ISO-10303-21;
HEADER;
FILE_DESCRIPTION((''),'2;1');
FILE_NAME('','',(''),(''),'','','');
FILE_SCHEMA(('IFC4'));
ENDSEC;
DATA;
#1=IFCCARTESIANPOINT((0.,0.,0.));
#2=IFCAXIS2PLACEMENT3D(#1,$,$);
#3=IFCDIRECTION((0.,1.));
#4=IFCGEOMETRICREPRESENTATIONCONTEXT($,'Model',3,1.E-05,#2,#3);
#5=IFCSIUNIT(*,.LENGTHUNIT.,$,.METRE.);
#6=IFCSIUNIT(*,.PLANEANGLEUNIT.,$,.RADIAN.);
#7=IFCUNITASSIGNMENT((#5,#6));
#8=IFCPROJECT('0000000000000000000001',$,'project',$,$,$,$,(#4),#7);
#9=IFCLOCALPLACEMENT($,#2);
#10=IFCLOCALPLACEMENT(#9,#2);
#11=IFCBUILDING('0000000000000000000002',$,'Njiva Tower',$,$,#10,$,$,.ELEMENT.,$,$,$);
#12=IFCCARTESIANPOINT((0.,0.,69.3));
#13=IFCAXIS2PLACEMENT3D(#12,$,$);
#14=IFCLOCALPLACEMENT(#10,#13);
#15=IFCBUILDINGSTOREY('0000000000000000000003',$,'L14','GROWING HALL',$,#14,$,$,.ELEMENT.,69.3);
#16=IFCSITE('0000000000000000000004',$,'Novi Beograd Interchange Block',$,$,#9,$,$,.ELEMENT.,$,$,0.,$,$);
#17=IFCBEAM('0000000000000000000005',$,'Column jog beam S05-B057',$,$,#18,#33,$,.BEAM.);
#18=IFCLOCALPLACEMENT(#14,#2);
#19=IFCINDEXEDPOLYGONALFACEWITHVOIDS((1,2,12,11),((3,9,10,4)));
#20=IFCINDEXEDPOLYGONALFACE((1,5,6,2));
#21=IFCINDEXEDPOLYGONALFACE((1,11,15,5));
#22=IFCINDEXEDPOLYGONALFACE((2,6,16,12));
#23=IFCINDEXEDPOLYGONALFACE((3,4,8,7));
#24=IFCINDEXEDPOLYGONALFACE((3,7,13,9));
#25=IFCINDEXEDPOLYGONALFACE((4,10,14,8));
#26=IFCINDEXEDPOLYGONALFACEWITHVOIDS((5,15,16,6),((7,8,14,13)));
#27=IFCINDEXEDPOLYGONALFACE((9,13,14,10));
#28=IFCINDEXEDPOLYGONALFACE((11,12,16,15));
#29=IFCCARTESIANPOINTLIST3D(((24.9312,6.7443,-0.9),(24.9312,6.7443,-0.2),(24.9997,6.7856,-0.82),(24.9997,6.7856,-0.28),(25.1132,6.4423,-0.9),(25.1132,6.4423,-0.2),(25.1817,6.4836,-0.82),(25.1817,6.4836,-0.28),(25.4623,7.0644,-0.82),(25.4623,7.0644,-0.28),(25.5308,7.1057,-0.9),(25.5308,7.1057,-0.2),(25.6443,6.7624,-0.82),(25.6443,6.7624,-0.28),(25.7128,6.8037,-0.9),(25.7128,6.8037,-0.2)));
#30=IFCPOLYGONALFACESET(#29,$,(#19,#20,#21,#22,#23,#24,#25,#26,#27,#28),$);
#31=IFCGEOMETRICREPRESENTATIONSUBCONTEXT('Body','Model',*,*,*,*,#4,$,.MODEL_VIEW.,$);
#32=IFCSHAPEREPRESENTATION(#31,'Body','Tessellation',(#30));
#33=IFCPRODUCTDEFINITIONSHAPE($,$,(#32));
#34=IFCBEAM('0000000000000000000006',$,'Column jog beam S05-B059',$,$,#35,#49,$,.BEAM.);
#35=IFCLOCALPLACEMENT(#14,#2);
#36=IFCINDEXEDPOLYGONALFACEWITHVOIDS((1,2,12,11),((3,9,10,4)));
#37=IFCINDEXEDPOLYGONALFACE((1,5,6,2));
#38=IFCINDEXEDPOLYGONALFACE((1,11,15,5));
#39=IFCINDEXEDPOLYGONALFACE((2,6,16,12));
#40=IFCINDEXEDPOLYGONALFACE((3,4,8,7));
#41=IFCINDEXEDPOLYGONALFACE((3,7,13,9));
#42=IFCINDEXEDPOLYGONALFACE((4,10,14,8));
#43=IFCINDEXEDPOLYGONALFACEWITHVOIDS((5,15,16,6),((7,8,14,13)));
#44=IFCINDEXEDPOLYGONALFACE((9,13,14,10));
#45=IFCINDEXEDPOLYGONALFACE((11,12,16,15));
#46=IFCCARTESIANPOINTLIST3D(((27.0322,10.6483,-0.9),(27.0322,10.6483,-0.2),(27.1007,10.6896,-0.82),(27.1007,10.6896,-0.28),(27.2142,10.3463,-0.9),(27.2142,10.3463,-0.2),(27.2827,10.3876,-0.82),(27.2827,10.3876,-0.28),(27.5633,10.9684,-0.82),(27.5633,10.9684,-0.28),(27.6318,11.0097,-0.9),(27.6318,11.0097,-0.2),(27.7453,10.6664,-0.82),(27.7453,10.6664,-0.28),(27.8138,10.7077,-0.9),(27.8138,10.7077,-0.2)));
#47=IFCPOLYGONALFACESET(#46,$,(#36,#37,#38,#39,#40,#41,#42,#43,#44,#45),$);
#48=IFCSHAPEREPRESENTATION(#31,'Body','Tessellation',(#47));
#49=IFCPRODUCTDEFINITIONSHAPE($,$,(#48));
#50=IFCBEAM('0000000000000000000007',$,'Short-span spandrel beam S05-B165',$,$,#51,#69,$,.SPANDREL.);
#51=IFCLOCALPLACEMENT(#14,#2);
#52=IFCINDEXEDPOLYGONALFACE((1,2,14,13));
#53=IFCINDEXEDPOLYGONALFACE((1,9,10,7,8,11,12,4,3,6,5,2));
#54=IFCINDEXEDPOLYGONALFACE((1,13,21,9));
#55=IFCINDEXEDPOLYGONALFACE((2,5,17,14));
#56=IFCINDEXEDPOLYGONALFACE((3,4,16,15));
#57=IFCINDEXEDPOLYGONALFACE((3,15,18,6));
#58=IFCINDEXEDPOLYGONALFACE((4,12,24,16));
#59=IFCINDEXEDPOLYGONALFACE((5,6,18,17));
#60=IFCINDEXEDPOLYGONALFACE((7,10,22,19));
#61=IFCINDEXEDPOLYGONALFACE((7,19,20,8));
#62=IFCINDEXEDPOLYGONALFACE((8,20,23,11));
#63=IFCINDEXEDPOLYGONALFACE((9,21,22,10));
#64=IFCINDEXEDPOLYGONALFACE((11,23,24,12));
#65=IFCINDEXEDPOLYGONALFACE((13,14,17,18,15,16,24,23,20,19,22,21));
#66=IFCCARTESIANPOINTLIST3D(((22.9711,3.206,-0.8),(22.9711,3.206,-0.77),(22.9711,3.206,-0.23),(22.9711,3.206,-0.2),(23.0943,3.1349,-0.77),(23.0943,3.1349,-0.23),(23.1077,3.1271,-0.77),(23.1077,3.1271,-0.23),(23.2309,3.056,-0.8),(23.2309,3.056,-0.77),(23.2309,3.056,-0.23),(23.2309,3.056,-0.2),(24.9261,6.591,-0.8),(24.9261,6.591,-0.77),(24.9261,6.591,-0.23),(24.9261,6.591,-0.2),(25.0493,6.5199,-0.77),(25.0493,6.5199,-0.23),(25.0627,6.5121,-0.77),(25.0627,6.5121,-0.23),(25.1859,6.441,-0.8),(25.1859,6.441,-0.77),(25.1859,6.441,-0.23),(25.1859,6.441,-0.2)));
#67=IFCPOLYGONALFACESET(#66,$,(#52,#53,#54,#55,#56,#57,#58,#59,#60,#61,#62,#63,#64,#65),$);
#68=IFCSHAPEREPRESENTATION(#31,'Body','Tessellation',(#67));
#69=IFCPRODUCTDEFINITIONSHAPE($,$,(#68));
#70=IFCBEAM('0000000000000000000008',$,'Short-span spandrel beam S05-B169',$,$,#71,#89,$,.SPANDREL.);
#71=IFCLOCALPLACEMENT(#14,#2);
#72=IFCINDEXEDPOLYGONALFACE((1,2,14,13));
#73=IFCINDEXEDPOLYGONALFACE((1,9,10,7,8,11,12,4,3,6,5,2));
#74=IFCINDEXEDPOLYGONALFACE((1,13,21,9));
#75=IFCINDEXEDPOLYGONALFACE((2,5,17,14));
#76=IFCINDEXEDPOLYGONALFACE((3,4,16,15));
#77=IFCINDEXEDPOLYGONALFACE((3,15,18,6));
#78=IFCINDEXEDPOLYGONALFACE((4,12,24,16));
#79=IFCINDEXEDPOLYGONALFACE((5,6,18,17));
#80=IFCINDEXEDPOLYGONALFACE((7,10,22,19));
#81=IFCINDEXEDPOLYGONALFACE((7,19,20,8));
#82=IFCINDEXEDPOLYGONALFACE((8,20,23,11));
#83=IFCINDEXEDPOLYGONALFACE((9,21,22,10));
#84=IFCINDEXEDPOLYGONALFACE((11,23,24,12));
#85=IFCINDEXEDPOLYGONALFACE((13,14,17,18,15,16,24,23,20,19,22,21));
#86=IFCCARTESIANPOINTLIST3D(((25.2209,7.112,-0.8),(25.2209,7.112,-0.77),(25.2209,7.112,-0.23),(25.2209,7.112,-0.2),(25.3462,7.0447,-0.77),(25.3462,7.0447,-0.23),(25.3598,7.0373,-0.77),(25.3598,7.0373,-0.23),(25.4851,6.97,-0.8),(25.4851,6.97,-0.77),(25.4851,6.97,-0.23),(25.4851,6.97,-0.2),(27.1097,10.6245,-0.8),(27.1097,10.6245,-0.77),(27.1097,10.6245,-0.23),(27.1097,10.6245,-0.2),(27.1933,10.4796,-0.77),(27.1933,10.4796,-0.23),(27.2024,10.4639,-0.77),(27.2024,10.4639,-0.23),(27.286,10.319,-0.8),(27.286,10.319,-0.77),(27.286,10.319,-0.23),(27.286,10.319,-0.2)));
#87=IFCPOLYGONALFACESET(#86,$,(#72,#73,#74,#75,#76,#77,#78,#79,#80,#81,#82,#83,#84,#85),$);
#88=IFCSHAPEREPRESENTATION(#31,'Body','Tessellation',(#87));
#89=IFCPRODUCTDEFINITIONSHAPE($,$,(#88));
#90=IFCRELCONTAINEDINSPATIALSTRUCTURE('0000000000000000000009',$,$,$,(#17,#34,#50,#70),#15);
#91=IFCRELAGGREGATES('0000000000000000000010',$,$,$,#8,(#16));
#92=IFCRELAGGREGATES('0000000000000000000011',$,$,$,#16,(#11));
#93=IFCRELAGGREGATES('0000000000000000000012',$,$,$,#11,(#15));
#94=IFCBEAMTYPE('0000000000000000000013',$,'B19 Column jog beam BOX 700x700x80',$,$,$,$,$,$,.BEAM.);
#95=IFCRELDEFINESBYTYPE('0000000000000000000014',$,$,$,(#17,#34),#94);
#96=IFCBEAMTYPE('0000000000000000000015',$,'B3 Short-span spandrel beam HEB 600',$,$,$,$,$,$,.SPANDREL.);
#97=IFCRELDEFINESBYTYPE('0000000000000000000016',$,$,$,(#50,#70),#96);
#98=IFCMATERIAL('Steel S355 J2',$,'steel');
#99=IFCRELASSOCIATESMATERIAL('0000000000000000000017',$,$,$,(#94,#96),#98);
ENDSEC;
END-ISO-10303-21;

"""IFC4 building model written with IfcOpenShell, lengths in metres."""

from ifc_helpers import new_model, si_unit, direction, frame, origin, origin_2d, place, context, subcontext, project, spatial, hollow_rectangle, i_section, extrude, clip, halfspace, material, material_profile, profile_set, type_object, element, save


model = new_model("IFC4")

# Units and contexts
model_context = context("Model", 3, precision=1e-05, world=origin(), true_north=direction((0.0, 1.0)))
body_context = subcontext(model_context, "Body", "Model", "MODEL_VIEW")
ifc_project = project(units=[si_unit("LENGTHUNIT", "METRE"), si_unit("PLANEANGLEUNIT", "RADIAN")], contexts=[model_context])

# Site, building, storey
site_placement = place(None, origin())
site = spatial("IfcSite", under=ifc_project, at=site_placement, Name="Novi Beograd Interchange Block", CompositionType="ELEMENT", RefElevation=0.0)
building_placement = place(site_placement, origin())
building = spatial("IfcBuilding", under=site, at=building_placement, Name="Njiva Tower", CompositionType="ELEMENT")
storey_placement = place(building_placement, frame((0.0, 0.0, 69.3)))
storey = spatial("IfcBuildingStorey", under=building, at=storey_placement, Name="L14", Description="GROWING HALL", CompositionType="ELEMENT", Elevation=69.3)

# Shared definitions
ifc_material_1 = material(Name="Steel S355 J2", Category="steel")

# Beams
ifc_material_profile_1 = material_profile(ifc_material_1, hollow_rectangle(XDim=0.7, YDim=0.7, WallThickness=0.08, at=origin_2d()), Name="BOX 700x700x80")
ifc_profile_set_1 = profile_set([ifc_material_profile_1], Name="Steel S355 J2")
beam_type_1 = type_object("IfcBeamType", Name="B19 Column jog beam BOX 700x700x80", PredefinedType="BEAM", material=ifc_profile_set_1)
for number, where, z_axis, x_axis, name in (
    (1, (25.413, 6.623, -0.55), (-0.516163, 0.85649, 0.0), (-0.85649, -0.516163, 0.0), "Column jog beam S05-B057"),
    (2, (27.514, 10.527, -0.55), (-0.516163, 0.85649, 0.0), (-0.85649, -0.516163, 0.0), "Column jog beam S05-B059"),
):
    element("IfcBeam", number, at=place(storey_placement, frame(where, z_axis=z_axis, x_axis=x_axis)), inside=storey, type_object=beam_type_1, Name=name, PredefinedType="BEAM", context=body_context, shape_type="SweptSolid", body=[
        extrude(hollow_rectangle(XDim=0.7, YDim=0.7, WallThickness=0.08, at=origin_2d()), origin(), (0.0, 0.0, 1.0), 0.3526),
    ])
ifc_material_profile_2 = material_profile(ifc_material_1, i_section(OverallWidth=0.3, OverallDepth=0.6, WebThickness=0.0155, FlangeThickness=0.03, at=origin_2d()), Name="HEB 600")
ifc_profile_set_2 = profile_set([ifc_material_profile_2], Name="Steel S355 J2")
beam_type_2 = type_object("IfcBeamType", Name="B3 Short-span spandrel beam HEB 600", PredefinedType="SPANDREL", material=ifc_profile_set_2)
beam_1_placement = place(storey_placement, frame((23.101, 3.131, -0.5), z_axis=(0.500128, 0.865951, 0.0), x_axis=(-0.865951, 0.500128, 0.0)))
element("IfcBeam", 3, at=beam_1_placement, inside=storey, type_object=beam_type_2, Name="Short-span spandrel beam S05-B165", PredefinedType="SPANDREL", context=body_context, shape_type="SweptSolid", body=[
    extrude(i_section(OverallWidth=0.3, OverallDepth=0.6, WebThickness=0.0155, FlangeThickness=0.03, at=origin_2d()), origin(), (0.0, 0.0, 1.0), 3.909),
])
beam_2_placement = place(storey_placement, frame((25.353, 7.041, -0.5), z_axis=(0.47361, 0.880735, 0.0), x_axis=(-0.880735, 0.47361, 0.0)))
element("IfcBeam", 4, at=beam_2_placement, inside=storey, type_object=beam_type_2, Name="Short-span spandrel beam S05-B169", PredefinedType="SPANDREL", context=body_context, shape_type="Clipping", body=[
    clip(extrude(i_section(OverallWidth=0.3, OverallDepth=0.6, WebThickness=0.0155, FlangeThickness=0.03, at=origin_2d()), origin(), (0.0, 0.0, 1.0), 4.0086), halfspace(frame((-0.0264, 0.0, 3.879), z_axis=(-0.525936, 0.0, 0.850524), x_axis=(0.0, 1.0, 0.0)), False)),
])

save(model, "model.ifc")
